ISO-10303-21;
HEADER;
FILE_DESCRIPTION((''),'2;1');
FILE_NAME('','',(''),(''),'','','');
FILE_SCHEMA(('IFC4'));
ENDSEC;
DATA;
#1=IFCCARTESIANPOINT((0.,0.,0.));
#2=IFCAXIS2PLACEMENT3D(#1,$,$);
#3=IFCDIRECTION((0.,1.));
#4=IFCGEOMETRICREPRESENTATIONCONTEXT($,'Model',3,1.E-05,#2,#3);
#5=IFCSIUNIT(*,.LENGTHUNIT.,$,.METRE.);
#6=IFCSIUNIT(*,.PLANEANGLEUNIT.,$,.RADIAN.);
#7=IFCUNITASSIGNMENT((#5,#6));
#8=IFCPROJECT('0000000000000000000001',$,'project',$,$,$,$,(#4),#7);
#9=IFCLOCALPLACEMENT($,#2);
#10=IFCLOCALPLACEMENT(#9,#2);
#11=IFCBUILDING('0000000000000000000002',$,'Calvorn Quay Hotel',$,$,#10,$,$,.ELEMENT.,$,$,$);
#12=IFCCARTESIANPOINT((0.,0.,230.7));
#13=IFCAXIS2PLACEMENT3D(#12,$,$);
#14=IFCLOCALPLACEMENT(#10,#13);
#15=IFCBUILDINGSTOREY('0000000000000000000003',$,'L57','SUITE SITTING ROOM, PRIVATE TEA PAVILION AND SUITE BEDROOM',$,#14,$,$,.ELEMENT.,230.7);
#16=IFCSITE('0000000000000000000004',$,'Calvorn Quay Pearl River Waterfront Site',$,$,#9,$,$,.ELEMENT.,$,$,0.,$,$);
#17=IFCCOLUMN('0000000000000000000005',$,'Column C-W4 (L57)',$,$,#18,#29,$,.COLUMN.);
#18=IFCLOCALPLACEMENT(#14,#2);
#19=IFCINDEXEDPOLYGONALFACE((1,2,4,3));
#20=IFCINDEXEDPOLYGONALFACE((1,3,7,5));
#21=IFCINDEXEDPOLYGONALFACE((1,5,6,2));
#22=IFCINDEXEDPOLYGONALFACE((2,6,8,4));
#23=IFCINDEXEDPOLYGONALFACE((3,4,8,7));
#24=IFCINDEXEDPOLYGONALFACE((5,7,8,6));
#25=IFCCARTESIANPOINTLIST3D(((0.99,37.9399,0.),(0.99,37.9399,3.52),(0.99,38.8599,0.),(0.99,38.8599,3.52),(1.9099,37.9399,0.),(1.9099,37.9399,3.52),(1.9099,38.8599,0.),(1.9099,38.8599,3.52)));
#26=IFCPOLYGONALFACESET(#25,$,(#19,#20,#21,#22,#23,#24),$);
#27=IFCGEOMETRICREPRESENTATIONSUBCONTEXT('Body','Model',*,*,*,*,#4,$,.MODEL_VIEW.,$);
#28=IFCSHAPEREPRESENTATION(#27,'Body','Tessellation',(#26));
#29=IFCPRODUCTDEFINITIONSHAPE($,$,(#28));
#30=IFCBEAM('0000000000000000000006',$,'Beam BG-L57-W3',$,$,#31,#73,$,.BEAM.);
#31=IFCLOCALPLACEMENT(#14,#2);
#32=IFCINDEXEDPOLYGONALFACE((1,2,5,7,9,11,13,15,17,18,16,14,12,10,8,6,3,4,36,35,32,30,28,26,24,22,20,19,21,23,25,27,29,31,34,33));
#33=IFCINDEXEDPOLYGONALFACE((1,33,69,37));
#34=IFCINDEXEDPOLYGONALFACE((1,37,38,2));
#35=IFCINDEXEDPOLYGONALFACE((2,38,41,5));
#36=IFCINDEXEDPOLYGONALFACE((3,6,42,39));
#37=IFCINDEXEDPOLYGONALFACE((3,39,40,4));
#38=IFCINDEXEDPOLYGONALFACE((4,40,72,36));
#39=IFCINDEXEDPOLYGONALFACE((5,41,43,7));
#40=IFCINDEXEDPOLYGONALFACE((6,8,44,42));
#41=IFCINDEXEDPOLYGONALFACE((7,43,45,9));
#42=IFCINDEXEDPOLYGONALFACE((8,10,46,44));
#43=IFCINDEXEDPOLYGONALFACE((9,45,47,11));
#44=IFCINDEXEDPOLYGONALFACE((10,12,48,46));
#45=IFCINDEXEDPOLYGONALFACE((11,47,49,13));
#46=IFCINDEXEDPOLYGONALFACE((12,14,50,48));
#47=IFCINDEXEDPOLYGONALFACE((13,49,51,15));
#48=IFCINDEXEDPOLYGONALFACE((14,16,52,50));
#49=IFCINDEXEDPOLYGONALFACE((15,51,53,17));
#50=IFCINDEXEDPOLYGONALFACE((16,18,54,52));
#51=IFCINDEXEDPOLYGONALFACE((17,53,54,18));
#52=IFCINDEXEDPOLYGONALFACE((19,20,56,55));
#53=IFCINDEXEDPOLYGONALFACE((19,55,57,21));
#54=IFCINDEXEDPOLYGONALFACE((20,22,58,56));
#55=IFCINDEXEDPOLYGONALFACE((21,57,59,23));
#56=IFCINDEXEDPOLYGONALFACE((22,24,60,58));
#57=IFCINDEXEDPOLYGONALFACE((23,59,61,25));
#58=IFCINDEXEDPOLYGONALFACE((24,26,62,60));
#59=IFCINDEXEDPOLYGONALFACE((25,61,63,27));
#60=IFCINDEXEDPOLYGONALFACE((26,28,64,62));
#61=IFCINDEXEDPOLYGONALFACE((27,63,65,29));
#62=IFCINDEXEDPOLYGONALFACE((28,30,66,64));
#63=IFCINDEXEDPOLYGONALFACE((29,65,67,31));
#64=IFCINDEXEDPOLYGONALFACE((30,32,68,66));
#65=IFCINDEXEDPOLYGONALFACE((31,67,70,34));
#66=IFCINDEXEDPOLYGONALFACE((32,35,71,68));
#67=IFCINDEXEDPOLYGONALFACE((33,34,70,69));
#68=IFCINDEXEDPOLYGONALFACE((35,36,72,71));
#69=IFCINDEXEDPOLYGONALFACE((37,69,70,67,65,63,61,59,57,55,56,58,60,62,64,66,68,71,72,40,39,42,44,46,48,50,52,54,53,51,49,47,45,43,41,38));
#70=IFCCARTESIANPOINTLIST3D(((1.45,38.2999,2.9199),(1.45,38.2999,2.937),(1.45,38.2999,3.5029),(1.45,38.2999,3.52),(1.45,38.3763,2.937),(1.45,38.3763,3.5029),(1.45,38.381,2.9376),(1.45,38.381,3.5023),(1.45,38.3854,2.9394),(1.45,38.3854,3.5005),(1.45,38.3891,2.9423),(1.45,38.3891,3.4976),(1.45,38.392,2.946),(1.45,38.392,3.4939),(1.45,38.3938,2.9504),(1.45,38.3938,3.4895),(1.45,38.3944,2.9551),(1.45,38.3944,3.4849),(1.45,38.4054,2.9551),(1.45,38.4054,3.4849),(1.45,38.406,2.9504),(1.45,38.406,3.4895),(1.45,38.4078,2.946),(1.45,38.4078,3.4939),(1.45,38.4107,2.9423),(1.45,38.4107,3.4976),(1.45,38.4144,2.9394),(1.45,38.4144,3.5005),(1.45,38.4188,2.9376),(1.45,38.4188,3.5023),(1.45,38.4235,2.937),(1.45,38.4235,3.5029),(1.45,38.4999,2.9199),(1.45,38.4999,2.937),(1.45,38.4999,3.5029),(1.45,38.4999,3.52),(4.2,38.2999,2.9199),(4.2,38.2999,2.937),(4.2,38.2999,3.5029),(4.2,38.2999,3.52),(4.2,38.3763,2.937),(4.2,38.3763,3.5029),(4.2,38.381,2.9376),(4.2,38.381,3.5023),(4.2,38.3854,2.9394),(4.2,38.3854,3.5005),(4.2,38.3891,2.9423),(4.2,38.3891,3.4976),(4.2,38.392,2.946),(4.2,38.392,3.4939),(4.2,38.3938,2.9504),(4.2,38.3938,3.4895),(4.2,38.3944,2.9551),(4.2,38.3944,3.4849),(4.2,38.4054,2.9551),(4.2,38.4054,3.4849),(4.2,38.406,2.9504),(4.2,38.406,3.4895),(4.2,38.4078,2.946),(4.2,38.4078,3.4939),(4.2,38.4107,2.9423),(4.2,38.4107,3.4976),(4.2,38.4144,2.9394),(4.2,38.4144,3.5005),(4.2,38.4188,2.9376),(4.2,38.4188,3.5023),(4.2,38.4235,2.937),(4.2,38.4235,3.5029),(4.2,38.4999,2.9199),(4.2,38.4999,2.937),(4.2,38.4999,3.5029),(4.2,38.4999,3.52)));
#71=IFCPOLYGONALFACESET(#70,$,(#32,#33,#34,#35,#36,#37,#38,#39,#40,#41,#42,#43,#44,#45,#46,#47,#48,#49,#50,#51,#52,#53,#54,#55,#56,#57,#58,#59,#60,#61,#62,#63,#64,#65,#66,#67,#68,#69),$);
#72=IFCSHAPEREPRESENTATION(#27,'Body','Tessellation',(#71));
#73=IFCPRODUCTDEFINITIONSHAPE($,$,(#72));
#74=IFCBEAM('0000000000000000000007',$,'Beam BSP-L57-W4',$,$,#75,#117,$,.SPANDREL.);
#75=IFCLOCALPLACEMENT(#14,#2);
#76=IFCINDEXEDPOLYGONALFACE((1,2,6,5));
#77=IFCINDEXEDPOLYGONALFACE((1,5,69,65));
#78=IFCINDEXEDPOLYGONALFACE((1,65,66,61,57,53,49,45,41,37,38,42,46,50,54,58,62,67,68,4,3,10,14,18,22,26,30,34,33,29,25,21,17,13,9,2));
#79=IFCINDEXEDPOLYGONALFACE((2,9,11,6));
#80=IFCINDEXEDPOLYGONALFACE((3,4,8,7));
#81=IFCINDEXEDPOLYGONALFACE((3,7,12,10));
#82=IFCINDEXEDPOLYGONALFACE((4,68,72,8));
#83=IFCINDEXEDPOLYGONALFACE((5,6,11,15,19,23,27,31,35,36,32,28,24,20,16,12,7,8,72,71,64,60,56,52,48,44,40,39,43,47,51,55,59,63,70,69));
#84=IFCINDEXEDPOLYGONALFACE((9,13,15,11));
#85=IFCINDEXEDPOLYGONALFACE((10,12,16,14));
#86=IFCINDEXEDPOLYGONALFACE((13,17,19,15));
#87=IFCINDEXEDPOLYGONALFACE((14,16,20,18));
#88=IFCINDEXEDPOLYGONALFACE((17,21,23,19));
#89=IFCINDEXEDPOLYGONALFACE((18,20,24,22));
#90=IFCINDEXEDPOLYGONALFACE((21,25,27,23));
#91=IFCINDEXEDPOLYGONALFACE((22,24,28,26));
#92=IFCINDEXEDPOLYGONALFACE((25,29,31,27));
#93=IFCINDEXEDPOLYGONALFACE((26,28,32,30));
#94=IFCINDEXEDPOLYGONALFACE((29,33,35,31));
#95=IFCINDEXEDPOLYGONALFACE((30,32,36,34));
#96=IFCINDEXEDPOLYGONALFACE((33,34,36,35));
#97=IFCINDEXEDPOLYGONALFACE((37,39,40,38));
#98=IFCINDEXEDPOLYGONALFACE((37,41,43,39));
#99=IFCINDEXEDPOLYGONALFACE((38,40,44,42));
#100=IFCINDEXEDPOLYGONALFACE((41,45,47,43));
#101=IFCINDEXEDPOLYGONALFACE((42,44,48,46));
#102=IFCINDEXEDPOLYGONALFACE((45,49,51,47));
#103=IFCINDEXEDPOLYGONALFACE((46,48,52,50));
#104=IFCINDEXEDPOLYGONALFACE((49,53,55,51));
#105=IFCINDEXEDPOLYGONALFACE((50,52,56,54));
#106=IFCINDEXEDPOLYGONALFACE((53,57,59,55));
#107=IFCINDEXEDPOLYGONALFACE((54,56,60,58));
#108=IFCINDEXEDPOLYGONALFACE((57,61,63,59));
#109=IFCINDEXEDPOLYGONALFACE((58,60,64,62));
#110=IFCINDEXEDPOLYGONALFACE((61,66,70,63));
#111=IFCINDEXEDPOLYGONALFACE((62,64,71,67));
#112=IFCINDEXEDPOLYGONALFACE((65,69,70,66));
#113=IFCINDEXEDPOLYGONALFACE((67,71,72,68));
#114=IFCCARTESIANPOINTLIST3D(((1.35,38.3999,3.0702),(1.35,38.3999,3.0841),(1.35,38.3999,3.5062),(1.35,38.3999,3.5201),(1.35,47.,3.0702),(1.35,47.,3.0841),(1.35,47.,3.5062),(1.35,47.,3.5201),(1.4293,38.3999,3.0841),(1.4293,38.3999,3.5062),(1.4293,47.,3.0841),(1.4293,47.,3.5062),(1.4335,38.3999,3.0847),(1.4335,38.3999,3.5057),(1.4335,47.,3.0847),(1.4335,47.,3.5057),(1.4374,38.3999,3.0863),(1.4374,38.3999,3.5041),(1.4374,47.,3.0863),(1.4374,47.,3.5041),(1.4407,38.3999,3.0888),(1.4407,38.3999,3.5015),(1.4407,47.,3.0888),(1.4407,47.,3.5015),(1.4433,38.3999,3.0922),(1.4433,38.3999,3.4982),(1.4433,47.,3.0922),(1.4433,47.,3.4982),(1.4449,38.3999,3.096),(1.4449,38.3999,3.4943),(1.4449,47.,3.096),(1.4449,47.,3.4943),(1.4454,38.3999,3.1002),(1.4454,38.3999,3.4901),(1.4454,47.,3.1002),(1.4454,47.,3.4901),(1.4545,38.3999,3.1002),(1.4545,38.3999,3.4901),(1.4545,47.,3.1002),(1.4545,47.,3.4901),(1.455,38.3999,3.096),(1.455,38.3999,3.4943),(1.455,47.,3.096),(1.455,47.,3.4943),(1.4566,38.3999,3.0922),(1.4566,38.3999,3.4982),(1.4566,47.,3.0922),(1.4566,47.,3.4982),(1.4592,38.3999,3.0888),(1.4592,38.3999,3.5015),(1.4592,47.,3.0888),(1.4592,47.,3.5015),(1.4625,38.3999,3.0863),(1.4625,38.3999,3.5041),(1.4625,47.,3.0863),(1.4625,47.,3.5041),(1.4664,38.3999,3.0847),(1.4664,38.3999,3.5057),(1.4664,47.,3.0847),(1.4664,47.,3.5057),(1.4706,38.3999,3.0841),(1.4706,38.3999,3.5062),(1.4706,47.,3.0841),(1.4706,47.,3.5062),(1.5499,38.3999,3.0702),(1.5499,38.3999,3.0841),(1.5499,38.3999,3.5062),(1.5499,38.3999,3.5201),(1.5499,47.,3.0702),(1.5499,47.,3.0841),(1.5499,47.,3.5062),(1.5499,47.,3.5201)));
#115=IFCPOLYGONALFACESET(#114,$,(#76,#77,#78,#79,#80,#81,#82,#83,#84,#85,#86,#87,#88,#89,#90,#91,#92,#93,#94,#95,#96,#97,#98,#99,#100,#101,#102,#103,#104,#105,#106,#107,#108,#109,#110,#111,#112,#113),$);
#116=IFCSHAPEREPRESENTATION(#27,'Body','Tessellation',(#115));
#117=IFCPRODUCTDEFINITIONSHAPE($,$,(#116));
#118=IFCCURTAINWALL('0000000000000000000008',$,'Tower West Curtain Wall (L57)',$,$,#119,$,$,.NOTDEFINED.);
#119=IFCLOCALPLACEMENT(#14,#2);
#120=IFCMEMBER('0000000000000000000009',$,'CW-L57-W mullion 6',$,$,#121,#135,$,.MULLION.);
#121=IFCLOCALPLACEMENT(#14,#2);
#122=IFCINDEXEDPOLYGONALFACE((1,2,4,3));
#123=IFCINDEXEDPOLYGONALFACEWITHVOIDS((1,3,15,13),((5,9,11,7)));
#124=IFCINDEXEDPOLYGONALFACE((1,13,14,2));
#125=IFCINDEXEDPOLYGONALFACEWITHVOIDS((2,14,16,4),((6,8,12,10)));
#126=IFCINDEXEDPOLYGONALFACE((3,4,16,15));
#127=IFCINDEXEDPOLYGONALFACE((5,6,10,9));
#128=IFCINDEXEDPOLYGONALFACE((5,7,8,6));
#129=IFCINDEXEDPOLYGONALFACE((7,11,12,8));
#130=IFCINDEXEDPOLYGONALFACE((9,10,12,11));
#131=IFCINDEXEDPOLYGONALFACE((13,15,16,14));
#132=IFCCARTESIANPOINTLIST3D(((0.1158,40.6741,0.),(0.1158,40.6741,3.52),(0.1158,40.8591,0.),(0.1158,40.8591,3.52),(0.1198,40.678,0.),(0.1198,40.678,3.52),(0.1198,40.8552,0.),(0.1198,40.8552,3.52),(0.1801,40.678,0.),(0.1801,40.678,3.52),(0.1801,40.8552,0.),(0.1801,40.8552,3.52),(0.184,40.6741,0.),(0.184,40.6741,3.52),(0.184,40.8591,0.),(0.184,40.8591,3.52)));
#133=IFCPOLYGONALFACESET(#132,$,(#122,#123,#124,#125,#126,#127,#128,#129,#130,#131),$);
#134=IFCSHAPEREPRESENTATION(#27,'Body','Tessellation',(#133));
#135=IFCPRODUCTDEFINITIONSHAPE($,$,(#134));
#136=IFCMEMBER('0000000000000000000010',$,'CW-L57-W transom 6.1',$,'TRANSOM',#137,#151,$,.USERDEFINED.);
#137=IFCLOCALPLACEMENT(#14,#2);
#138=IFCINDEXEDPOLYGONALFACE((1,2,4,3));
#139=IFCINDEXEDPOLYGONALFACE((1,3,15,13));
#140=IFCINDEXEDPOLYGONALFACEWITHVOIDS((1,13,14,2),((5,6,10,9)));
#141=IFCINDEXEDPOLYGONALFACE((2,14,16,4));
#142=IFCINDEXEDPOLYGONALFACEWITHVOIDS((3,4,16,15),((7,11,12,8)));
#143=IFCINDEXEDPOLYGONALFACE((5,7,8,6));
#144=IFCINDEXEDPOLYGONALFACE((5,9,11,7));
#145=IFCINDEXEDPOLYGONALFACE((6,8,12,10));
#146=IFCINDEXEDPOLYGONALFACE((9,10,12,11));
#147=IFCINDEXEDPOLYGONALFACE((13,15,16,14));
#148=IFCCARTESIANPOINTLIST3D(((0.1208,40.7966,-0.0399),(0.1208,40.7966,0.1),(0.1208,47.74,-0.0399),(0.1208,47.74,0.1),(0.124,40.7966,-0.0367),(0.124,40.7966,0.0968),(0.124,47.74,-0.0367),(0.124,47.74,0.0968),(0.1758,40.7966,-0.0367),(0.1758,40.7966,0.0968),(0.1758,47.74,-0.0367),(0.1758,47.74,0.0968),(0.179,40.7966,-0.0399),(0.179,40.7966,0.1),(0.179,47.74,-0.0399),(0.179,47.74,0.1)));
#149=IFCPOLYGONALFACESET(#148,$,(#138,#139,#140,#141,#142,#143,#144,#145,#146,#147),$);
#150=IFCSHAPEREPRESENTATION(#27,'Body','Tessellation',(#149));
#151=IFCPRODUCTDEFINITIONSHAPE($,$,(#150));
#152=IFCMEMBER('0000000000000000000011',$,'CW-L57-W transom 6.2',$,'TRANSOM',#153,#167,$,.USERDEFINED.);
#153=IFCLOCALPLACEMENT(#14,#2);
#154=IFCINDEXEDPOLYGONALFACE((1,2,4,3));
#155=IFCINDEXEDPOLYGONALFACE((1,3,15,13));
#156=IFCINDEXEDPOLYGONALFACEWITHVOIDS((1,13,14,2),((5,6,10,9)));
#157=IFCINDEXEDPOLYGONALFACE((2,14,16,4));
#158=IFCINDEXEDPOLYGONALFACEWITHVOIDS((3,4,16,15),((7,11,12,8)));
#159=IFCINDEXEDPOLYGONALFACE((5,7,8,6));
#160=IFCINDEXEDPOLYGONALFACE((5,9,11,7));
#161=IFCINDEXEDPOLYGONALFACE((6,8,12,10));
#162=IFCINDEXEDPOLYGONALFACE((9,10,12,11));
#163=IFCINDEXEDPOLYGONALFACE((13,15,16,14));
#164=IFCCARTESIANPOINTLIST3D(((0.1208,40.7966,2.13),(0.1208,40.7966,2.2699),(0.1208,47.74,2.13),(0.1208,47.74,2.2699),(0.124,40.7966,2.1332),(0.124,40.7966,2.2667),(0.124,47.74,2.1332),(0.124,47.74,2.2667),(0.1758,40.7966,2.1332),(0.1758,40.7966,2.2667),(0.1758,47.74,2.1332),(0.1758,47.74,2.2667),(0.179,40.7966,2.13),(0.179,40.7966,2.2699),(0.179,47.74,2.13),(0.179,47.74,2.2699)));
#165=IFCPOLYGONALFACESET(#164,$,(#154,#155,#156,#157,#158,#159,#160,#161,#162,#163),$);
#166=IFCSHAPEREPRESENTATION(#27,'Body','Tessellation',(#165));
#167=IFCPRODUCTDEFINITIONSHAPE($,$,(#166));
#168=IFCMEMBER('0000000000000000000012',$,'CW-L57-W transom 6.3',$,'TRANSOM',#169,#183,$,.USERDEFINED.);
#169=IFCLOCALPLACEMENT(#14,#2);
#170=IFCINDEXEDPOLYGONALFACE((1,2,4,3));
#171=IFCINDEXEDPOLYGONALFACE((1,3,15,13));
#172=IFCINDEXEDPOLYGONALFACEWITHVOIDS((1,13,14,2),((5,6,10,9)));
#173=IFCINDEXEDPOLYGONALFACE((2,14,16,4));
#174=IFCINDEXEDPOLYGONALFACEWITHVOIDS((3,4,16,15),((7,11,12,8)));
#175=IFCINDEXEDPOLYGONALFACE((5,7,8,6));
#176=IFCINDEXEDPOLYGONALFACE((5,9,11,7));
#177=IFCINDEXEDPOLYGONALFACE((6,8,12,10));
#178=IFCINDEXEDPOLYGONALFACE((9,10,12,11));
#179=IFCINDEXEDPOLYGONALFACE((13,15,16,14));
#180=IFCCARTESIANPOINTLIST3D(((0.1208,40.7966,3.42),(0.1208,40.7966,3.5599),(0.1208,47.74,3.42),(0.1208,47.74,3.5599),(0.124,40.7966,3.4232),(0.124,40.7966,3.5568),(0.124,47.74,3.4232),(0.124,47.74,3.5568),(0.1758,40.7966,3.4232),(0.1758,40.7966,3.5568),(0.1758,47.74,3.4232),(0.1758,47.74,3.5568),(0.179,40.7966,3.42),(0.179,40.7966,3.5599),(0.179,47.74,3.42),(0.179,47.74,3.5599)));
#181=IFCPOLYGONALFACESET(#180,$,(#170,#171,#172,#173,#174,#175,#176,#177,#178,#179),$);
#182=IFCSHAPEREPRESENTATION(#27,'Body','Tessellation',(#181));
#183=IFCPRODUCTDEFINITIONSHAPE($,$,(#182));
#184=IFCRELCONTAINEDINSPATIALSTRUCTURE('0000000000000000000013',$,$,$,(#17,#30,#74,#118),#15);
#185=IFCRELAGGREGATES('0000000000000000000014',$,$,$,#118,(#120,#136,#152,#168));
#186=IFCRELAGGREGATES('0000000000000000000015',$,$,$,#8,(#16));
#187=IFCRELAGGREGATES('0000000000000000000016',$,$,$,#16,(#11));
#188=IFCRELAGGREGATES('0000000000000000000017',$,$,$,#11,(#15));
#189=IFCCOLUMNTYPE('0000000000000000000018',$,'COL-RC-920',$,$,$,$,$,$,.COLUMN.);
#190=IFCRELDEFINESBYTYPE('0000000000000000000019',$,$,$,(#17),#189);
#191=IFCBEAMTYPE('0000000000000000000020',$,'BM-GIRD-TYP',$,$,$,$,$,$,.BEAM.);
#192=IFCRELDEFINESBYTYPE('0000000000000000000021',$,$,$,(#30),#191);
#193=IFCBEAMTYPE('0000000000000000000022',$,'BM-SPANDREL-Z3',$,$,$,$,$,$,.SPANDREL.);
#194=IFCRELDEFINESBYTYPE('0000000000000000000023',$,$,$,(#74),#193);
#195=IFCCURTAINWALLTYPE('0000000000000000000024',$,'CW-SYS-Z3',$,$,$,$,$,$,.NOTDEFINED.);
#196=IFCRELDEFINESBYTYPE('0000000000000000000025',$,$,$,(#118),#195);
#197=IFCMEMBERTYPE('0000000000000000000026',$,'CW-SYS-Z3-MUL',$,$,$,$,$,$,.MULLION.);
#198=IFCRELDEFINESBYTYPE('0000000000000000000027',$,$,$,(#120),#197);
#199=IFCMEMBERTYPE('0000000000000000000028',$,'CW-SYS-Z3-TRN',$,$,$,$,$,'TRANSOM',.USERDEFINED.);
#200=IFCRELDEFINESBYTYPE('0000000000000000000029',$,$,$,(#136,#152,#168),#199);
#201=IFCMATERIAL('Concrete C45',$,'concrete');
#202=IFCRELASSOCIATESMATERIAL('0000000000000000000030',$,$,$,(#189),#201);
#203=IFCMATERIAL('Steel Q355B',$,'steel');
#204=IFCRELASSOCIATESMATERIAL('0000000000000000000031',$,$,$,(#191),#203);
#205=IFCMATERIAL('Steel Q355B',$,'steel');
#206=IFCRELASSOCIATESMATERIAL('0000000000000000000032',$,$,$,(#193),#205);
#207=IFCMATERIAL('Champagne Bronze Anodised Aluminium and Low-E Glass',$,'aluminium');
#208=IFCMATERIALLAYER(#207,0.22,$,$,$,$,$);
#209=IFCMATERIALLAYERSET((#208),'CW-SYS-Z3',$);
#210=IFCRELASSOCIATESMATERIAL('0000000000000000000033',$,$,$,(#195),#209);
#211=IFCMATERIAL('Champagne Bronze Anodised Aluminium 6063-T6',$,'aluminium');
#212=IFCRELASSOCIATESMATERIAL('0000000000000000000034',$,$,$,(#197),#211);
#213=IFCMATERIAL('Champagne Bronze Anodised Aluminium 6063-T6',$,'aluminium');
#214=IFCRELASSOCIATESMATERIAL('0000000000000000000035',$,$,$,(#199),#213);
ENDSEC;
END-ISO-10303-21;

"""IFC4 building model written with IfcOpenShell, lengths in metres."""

from ifc_helpers import new_model, si_unit, direction, frame, origin, origin_2d, place, context, subcontext, project, spatial, rectangle, hollow_rectangle, i_section, extrude, material, layer, layer_set, material_profile, profile_set, type_object, element, aggregate, save


model = new_model("IFC4")

# Units and contexts
model_context = context("Model", 3, precision=1e-05, world=origin(), true_north=direction((0.0, 1.0)))
body_context = subcontext(model_context, "Body", "Model", "MODEL_VIEW")
ifc_project = project(units=[si_unit("LENGTHUNIT", "METRE"), si_unit("PLANEANGLEUNIT", "RADIAN")], contexts=[model_context])

# Site, building, storey
site_placement = place(None, origin())
site = spatial("IfcSite", under=ifc_project, at=site_placement, Name="Calvorn Quay Pearl River Waterfront Site", CompositionType="ELEMENT", RefElevation=0.0)
building_placement = place(site_placement, origin())
building = spatial("IfcBuilding", under=site, at=building_placement, Name="Calvorn Quay Hotel", CompositionType="ELEMENT")
storey_placement = place(building_placement, frame((0.0, 0.0, 230.7)))
storey = spatial("IfcBuildingStorey", under=building, at=storey_placement, Name="L57", Description="SUITE SITTING ROOM, PRIVATE TEA PAVILION AND SUITE BEDROOM", CompositionType="ELEMENT", Elevation=230.7)

# Column
ifc_material_1 = material(Name="Concrete C45", Category="concrete")
ifc_material_profile_1 = material_profile(ifc_material_1, rectangle(XDim=0.9199, YDim=0.9199, at=origin_2d()), Name="RC920x920")
ifc_profile_set_1 = profile_set([ifc_material_profile_1], Name="Concrete C45")
column_type = type_object("IfcColumnType", Name="COL-RC-920", PredefinedType="COLUMN", material=ifc_profile_set_1)
column_placement = place(storey_placement, frame((1.45, 38.3999, 0.0), z_axis=(0.0, 0.0, 1.0), x_axis=(1.0, 0.0, 0.0)))
element("IfcColumn", 1, at=column_placement, inside=storey, type_object=column_type, Name="Column C-W4 (L57)", PredefinedType="COLUMN", context=body_context, shape_type="SweptSolid", body=[
    extrude(rectangle(XDim=0.9199, YDim=0.9199, at=origin_2d()), origin(), (0.0, 0.0, 1.0), 3.52),
])

# Beams
ifc_material_2 = material(Name="Steel Q355B", Category="steel")
ifc_material_profile_2 = material_profile(ifc_material_2, i_section(OverallWidth=0.2, OverallDepth=0.6001, WebThickness=0.011, FlangeThickness=0.0171, FilletRadius=0.0181, at=origin_2d()), Name="HN600x200x11x17")
ifc_profile_set_2 = profile_set([ifc_material_profile_2], Name="Steel Q355B")
beam_type_1 = type_object("IfcBeamType", Name="BM-GIRD-TYP", PredefinedType="BEAM", material=ifc_profile_set_2)
beam_1_placement = place(storey_placement, frame((1.45, 38.3999, 3.22), z_axis=(1.0, 0.0, 0.0), x_axis=(0.0, 1.0, 0.0)))
element("IfcBeam", 2, at=beam_1_placement, inside=storey, type_object=beam_type_1, Name="Beam BG-L57-W3", PredefinedType="BEAM", context=body_context, shape_type="SweptSolid", body=[
    extrude(i_section(OverallWidth=0.2, OverallDepth=0.6001, WebThickness=0.011, FlangeThickness=0.0171, FilletRadius=0.0181, at=origin_2d()), origin(), (0.0, 0.0, 1.0), 2.75),
])
ifc_material_3 = material(Name="Steel Q355B", Category="steel")
ifc_material_profile_3 = material_profile(ifc_material_3, i_section(OverallWidth=0.2, OverallDepth=0.45, WebThickness=0.009, FlangeThickness=0.0139, FilletRadius=0.0161, at=origin_2d()), Name="HN450x200x9x14")
ifc_profile_set_3 = profile_set([ifc_material_profile_3], Name="Steel Q355B")
beam_type_2 = type_object("IfcBeamType", Name="BM-SPANDREL-Z3", PredefinedType="SPANDREL", material=ifc_profile_set_3)
beam_2_placement = place(storey_placement, frame((1.45, 38.3999, 3.2952), z_axis=(0.0, 1.0, 0.0), x_axis=(-1.0, 0.0, 0.0)))
element("IfcBeam", 3, at=beam_2_placement, inside=storey, type_object=beam_type_2, Name="Beam BSP-L57-W4", PredefinedType="SPANDREL", context=body_context, shape_type="SweptSolid", body=[
    extrude(i_section(OverallWidth=0.2, OverallDepth=0.45, WebThickness=0.009, FlangeThickness=0.0139, FilletRadius=0.0161, at=origin_2d()), origin(), (0.0, 0.0, 1.0), 8.6001),
])

# Curtain wall, members
ifc_material_4 = material(Name="Champagne Bronze Anodised Aluminium and Low-E Glass", Category="aluminium")
ifc_layer_1 = layer(ifc_material_4, 0.22)
ifc_layer_set_1 = layer_set([ifc_layer_1], Name="CW-SYS-Z3")
curtain_wall_type = type_object("IfcCurtainWallType", Name="CW-SYS-Z3", PredefinedType="NOTDEFINED", material=ifc_layer_set_1)
curtain_wall_placement = place(storey_placement, origin())
curtain_wall = element("IfcCurtainWall", 4, at=curtain_wall_placement, inside=storey, type_object=curtain_wall_type, Name="Tower West Curtain Wall (L57)", PredefinedType="NOTDEFINED")
ifc_material_5 = material(Name="Champagne Bronze Anodised Aluminium 6063-T6", Category="aluminium")
ifc_material_profile_4 = material_profile(ifc_material_5, hollow_rectangle(XDim=0.0681, YDim=0.1851, WallThickness=0.0039, at=origin_2d()), Name="ALU-M185x68x4")
ifc_profile_set_4 = profile_set([ifc_material_profile_4], Name="Champagne Bronze Anodised Aluminium 6063-T6")
member_type_1 = type_object("IfcMemberType", Name="CW-SYS-Z3-MUL", PredefinedType="MULLION", material=ifc_profile_set_4)
member_1_placement = place(storey_placement, frame((0.1499, 40.7666, 0.0), z_axis=(0.0, 0.0, 1.0), x_axis=(-1.0, 0.0, 0.0)))
member_1 = element("IfcMember", 5, at=member_1_placement, type_object=member_type_1, Name="CW-L57-W mullion 6", PredefinedType="MULLION", context=body_context, shape_type="SweptSolid", body=[
    extrude(hollow_rectangle(XDim=0.0681, YDim=0.1851, WallThickness=0.0039, at=origin_2d()), origin(), (0.0, 0.0, 1.0), 3.52),
])
ifc_material_6 = material(Name="Champagne Bronze Anodised Aluminium 6063-T6", Category="aluminium")
ifc_material_profile_5 = material_profile(ifc_material_6, hollow_rectangle(XDim=0.0581, YDim=0.1399, WallThickness=0.0032, at=origin_2d()), Name="ALU-T140x58x3.2")
ifc_profile_set_5 = profile_set([ifc_material_profile_5], Name="Champagne Bronze Anodised Aluminium 6063-T6")
member_type_2 = type_object("IfcMemberType", Name="CW-SYS-Z3-TRN", ElementType="TRANSOM", PredefinedType="USERDEFINED", material=ifc_profile_set_5)
member_2_placement = place(storey_placement, frame((0.1499, 40.7966, 0.03), z_axis=(0.0, 1.0, 0.0), x_axis=(-1.0, 0.0, 0.0)))
member_2 = element("IfcMember", 6, at=member_2_placement, type_object=member_type_2, Name="CW-L57-W transom 6.1", ObjectType="TRANSOM", PredefinedType="USERDEFINED", context=body_context, shape_type="SweptSolid", body=[
    extrude(hollow_rectangle(XDim=0.0581, YDim=0.1399, WallThickness=0.0032, at=origin_2d()), origin(), (0.0, 0.0, 1.0), 6.9434),
])
member_3_placement = place(storey_placement, frame((0.1499, 40.7966, 2.2), z_axis=(0.0, 1.0, 0.0), x_axis=(-1.0, 0.0, 0.0)))
member_3 = element("IfcMember", 7, at=member_3_placement, type_object=member_type_2, Name="CW-L57-W transom 6.2", ObjectType="TRANSOM", PredefinedType="USERDEFINED", context=body_context, shape_type="SweptSolid", body=[
    extrude(hollow_rectangle(XDim=0.0581, YDim=0.1399, WallThickness=0.0032, at=origin_2d()), origin(), (0.0, 0.0, 1.0), 6.9434),
])
member_4_placement = place(storey_placement, frame((0.1499, 40.7966, 3.49), z_axis=(0.0, 1.0, 0.0), x_axis=(-1.0, 0.0, 0.0)))
member_4 = element("IfcMember", 8, at=member_4_placement, type_object=member_type_2, Name="CW-L57-W transom 6.3", ObjectType="TRANSOM", PredefinedType="USERDEFINED", context=body_context, shape_type="SweptSolid", body=[
    extrude(hollow_rectangle(XDim=0.0581, YDim=0.1399, WallThickness=0.0032, at=origin_2d()), origin(), (0.0, 0.0, 1.0), 6.9434),
])
aggregate(curtain_wall, [member_1, member_2, member_3, member_4])

save(model, "model.ifc")
